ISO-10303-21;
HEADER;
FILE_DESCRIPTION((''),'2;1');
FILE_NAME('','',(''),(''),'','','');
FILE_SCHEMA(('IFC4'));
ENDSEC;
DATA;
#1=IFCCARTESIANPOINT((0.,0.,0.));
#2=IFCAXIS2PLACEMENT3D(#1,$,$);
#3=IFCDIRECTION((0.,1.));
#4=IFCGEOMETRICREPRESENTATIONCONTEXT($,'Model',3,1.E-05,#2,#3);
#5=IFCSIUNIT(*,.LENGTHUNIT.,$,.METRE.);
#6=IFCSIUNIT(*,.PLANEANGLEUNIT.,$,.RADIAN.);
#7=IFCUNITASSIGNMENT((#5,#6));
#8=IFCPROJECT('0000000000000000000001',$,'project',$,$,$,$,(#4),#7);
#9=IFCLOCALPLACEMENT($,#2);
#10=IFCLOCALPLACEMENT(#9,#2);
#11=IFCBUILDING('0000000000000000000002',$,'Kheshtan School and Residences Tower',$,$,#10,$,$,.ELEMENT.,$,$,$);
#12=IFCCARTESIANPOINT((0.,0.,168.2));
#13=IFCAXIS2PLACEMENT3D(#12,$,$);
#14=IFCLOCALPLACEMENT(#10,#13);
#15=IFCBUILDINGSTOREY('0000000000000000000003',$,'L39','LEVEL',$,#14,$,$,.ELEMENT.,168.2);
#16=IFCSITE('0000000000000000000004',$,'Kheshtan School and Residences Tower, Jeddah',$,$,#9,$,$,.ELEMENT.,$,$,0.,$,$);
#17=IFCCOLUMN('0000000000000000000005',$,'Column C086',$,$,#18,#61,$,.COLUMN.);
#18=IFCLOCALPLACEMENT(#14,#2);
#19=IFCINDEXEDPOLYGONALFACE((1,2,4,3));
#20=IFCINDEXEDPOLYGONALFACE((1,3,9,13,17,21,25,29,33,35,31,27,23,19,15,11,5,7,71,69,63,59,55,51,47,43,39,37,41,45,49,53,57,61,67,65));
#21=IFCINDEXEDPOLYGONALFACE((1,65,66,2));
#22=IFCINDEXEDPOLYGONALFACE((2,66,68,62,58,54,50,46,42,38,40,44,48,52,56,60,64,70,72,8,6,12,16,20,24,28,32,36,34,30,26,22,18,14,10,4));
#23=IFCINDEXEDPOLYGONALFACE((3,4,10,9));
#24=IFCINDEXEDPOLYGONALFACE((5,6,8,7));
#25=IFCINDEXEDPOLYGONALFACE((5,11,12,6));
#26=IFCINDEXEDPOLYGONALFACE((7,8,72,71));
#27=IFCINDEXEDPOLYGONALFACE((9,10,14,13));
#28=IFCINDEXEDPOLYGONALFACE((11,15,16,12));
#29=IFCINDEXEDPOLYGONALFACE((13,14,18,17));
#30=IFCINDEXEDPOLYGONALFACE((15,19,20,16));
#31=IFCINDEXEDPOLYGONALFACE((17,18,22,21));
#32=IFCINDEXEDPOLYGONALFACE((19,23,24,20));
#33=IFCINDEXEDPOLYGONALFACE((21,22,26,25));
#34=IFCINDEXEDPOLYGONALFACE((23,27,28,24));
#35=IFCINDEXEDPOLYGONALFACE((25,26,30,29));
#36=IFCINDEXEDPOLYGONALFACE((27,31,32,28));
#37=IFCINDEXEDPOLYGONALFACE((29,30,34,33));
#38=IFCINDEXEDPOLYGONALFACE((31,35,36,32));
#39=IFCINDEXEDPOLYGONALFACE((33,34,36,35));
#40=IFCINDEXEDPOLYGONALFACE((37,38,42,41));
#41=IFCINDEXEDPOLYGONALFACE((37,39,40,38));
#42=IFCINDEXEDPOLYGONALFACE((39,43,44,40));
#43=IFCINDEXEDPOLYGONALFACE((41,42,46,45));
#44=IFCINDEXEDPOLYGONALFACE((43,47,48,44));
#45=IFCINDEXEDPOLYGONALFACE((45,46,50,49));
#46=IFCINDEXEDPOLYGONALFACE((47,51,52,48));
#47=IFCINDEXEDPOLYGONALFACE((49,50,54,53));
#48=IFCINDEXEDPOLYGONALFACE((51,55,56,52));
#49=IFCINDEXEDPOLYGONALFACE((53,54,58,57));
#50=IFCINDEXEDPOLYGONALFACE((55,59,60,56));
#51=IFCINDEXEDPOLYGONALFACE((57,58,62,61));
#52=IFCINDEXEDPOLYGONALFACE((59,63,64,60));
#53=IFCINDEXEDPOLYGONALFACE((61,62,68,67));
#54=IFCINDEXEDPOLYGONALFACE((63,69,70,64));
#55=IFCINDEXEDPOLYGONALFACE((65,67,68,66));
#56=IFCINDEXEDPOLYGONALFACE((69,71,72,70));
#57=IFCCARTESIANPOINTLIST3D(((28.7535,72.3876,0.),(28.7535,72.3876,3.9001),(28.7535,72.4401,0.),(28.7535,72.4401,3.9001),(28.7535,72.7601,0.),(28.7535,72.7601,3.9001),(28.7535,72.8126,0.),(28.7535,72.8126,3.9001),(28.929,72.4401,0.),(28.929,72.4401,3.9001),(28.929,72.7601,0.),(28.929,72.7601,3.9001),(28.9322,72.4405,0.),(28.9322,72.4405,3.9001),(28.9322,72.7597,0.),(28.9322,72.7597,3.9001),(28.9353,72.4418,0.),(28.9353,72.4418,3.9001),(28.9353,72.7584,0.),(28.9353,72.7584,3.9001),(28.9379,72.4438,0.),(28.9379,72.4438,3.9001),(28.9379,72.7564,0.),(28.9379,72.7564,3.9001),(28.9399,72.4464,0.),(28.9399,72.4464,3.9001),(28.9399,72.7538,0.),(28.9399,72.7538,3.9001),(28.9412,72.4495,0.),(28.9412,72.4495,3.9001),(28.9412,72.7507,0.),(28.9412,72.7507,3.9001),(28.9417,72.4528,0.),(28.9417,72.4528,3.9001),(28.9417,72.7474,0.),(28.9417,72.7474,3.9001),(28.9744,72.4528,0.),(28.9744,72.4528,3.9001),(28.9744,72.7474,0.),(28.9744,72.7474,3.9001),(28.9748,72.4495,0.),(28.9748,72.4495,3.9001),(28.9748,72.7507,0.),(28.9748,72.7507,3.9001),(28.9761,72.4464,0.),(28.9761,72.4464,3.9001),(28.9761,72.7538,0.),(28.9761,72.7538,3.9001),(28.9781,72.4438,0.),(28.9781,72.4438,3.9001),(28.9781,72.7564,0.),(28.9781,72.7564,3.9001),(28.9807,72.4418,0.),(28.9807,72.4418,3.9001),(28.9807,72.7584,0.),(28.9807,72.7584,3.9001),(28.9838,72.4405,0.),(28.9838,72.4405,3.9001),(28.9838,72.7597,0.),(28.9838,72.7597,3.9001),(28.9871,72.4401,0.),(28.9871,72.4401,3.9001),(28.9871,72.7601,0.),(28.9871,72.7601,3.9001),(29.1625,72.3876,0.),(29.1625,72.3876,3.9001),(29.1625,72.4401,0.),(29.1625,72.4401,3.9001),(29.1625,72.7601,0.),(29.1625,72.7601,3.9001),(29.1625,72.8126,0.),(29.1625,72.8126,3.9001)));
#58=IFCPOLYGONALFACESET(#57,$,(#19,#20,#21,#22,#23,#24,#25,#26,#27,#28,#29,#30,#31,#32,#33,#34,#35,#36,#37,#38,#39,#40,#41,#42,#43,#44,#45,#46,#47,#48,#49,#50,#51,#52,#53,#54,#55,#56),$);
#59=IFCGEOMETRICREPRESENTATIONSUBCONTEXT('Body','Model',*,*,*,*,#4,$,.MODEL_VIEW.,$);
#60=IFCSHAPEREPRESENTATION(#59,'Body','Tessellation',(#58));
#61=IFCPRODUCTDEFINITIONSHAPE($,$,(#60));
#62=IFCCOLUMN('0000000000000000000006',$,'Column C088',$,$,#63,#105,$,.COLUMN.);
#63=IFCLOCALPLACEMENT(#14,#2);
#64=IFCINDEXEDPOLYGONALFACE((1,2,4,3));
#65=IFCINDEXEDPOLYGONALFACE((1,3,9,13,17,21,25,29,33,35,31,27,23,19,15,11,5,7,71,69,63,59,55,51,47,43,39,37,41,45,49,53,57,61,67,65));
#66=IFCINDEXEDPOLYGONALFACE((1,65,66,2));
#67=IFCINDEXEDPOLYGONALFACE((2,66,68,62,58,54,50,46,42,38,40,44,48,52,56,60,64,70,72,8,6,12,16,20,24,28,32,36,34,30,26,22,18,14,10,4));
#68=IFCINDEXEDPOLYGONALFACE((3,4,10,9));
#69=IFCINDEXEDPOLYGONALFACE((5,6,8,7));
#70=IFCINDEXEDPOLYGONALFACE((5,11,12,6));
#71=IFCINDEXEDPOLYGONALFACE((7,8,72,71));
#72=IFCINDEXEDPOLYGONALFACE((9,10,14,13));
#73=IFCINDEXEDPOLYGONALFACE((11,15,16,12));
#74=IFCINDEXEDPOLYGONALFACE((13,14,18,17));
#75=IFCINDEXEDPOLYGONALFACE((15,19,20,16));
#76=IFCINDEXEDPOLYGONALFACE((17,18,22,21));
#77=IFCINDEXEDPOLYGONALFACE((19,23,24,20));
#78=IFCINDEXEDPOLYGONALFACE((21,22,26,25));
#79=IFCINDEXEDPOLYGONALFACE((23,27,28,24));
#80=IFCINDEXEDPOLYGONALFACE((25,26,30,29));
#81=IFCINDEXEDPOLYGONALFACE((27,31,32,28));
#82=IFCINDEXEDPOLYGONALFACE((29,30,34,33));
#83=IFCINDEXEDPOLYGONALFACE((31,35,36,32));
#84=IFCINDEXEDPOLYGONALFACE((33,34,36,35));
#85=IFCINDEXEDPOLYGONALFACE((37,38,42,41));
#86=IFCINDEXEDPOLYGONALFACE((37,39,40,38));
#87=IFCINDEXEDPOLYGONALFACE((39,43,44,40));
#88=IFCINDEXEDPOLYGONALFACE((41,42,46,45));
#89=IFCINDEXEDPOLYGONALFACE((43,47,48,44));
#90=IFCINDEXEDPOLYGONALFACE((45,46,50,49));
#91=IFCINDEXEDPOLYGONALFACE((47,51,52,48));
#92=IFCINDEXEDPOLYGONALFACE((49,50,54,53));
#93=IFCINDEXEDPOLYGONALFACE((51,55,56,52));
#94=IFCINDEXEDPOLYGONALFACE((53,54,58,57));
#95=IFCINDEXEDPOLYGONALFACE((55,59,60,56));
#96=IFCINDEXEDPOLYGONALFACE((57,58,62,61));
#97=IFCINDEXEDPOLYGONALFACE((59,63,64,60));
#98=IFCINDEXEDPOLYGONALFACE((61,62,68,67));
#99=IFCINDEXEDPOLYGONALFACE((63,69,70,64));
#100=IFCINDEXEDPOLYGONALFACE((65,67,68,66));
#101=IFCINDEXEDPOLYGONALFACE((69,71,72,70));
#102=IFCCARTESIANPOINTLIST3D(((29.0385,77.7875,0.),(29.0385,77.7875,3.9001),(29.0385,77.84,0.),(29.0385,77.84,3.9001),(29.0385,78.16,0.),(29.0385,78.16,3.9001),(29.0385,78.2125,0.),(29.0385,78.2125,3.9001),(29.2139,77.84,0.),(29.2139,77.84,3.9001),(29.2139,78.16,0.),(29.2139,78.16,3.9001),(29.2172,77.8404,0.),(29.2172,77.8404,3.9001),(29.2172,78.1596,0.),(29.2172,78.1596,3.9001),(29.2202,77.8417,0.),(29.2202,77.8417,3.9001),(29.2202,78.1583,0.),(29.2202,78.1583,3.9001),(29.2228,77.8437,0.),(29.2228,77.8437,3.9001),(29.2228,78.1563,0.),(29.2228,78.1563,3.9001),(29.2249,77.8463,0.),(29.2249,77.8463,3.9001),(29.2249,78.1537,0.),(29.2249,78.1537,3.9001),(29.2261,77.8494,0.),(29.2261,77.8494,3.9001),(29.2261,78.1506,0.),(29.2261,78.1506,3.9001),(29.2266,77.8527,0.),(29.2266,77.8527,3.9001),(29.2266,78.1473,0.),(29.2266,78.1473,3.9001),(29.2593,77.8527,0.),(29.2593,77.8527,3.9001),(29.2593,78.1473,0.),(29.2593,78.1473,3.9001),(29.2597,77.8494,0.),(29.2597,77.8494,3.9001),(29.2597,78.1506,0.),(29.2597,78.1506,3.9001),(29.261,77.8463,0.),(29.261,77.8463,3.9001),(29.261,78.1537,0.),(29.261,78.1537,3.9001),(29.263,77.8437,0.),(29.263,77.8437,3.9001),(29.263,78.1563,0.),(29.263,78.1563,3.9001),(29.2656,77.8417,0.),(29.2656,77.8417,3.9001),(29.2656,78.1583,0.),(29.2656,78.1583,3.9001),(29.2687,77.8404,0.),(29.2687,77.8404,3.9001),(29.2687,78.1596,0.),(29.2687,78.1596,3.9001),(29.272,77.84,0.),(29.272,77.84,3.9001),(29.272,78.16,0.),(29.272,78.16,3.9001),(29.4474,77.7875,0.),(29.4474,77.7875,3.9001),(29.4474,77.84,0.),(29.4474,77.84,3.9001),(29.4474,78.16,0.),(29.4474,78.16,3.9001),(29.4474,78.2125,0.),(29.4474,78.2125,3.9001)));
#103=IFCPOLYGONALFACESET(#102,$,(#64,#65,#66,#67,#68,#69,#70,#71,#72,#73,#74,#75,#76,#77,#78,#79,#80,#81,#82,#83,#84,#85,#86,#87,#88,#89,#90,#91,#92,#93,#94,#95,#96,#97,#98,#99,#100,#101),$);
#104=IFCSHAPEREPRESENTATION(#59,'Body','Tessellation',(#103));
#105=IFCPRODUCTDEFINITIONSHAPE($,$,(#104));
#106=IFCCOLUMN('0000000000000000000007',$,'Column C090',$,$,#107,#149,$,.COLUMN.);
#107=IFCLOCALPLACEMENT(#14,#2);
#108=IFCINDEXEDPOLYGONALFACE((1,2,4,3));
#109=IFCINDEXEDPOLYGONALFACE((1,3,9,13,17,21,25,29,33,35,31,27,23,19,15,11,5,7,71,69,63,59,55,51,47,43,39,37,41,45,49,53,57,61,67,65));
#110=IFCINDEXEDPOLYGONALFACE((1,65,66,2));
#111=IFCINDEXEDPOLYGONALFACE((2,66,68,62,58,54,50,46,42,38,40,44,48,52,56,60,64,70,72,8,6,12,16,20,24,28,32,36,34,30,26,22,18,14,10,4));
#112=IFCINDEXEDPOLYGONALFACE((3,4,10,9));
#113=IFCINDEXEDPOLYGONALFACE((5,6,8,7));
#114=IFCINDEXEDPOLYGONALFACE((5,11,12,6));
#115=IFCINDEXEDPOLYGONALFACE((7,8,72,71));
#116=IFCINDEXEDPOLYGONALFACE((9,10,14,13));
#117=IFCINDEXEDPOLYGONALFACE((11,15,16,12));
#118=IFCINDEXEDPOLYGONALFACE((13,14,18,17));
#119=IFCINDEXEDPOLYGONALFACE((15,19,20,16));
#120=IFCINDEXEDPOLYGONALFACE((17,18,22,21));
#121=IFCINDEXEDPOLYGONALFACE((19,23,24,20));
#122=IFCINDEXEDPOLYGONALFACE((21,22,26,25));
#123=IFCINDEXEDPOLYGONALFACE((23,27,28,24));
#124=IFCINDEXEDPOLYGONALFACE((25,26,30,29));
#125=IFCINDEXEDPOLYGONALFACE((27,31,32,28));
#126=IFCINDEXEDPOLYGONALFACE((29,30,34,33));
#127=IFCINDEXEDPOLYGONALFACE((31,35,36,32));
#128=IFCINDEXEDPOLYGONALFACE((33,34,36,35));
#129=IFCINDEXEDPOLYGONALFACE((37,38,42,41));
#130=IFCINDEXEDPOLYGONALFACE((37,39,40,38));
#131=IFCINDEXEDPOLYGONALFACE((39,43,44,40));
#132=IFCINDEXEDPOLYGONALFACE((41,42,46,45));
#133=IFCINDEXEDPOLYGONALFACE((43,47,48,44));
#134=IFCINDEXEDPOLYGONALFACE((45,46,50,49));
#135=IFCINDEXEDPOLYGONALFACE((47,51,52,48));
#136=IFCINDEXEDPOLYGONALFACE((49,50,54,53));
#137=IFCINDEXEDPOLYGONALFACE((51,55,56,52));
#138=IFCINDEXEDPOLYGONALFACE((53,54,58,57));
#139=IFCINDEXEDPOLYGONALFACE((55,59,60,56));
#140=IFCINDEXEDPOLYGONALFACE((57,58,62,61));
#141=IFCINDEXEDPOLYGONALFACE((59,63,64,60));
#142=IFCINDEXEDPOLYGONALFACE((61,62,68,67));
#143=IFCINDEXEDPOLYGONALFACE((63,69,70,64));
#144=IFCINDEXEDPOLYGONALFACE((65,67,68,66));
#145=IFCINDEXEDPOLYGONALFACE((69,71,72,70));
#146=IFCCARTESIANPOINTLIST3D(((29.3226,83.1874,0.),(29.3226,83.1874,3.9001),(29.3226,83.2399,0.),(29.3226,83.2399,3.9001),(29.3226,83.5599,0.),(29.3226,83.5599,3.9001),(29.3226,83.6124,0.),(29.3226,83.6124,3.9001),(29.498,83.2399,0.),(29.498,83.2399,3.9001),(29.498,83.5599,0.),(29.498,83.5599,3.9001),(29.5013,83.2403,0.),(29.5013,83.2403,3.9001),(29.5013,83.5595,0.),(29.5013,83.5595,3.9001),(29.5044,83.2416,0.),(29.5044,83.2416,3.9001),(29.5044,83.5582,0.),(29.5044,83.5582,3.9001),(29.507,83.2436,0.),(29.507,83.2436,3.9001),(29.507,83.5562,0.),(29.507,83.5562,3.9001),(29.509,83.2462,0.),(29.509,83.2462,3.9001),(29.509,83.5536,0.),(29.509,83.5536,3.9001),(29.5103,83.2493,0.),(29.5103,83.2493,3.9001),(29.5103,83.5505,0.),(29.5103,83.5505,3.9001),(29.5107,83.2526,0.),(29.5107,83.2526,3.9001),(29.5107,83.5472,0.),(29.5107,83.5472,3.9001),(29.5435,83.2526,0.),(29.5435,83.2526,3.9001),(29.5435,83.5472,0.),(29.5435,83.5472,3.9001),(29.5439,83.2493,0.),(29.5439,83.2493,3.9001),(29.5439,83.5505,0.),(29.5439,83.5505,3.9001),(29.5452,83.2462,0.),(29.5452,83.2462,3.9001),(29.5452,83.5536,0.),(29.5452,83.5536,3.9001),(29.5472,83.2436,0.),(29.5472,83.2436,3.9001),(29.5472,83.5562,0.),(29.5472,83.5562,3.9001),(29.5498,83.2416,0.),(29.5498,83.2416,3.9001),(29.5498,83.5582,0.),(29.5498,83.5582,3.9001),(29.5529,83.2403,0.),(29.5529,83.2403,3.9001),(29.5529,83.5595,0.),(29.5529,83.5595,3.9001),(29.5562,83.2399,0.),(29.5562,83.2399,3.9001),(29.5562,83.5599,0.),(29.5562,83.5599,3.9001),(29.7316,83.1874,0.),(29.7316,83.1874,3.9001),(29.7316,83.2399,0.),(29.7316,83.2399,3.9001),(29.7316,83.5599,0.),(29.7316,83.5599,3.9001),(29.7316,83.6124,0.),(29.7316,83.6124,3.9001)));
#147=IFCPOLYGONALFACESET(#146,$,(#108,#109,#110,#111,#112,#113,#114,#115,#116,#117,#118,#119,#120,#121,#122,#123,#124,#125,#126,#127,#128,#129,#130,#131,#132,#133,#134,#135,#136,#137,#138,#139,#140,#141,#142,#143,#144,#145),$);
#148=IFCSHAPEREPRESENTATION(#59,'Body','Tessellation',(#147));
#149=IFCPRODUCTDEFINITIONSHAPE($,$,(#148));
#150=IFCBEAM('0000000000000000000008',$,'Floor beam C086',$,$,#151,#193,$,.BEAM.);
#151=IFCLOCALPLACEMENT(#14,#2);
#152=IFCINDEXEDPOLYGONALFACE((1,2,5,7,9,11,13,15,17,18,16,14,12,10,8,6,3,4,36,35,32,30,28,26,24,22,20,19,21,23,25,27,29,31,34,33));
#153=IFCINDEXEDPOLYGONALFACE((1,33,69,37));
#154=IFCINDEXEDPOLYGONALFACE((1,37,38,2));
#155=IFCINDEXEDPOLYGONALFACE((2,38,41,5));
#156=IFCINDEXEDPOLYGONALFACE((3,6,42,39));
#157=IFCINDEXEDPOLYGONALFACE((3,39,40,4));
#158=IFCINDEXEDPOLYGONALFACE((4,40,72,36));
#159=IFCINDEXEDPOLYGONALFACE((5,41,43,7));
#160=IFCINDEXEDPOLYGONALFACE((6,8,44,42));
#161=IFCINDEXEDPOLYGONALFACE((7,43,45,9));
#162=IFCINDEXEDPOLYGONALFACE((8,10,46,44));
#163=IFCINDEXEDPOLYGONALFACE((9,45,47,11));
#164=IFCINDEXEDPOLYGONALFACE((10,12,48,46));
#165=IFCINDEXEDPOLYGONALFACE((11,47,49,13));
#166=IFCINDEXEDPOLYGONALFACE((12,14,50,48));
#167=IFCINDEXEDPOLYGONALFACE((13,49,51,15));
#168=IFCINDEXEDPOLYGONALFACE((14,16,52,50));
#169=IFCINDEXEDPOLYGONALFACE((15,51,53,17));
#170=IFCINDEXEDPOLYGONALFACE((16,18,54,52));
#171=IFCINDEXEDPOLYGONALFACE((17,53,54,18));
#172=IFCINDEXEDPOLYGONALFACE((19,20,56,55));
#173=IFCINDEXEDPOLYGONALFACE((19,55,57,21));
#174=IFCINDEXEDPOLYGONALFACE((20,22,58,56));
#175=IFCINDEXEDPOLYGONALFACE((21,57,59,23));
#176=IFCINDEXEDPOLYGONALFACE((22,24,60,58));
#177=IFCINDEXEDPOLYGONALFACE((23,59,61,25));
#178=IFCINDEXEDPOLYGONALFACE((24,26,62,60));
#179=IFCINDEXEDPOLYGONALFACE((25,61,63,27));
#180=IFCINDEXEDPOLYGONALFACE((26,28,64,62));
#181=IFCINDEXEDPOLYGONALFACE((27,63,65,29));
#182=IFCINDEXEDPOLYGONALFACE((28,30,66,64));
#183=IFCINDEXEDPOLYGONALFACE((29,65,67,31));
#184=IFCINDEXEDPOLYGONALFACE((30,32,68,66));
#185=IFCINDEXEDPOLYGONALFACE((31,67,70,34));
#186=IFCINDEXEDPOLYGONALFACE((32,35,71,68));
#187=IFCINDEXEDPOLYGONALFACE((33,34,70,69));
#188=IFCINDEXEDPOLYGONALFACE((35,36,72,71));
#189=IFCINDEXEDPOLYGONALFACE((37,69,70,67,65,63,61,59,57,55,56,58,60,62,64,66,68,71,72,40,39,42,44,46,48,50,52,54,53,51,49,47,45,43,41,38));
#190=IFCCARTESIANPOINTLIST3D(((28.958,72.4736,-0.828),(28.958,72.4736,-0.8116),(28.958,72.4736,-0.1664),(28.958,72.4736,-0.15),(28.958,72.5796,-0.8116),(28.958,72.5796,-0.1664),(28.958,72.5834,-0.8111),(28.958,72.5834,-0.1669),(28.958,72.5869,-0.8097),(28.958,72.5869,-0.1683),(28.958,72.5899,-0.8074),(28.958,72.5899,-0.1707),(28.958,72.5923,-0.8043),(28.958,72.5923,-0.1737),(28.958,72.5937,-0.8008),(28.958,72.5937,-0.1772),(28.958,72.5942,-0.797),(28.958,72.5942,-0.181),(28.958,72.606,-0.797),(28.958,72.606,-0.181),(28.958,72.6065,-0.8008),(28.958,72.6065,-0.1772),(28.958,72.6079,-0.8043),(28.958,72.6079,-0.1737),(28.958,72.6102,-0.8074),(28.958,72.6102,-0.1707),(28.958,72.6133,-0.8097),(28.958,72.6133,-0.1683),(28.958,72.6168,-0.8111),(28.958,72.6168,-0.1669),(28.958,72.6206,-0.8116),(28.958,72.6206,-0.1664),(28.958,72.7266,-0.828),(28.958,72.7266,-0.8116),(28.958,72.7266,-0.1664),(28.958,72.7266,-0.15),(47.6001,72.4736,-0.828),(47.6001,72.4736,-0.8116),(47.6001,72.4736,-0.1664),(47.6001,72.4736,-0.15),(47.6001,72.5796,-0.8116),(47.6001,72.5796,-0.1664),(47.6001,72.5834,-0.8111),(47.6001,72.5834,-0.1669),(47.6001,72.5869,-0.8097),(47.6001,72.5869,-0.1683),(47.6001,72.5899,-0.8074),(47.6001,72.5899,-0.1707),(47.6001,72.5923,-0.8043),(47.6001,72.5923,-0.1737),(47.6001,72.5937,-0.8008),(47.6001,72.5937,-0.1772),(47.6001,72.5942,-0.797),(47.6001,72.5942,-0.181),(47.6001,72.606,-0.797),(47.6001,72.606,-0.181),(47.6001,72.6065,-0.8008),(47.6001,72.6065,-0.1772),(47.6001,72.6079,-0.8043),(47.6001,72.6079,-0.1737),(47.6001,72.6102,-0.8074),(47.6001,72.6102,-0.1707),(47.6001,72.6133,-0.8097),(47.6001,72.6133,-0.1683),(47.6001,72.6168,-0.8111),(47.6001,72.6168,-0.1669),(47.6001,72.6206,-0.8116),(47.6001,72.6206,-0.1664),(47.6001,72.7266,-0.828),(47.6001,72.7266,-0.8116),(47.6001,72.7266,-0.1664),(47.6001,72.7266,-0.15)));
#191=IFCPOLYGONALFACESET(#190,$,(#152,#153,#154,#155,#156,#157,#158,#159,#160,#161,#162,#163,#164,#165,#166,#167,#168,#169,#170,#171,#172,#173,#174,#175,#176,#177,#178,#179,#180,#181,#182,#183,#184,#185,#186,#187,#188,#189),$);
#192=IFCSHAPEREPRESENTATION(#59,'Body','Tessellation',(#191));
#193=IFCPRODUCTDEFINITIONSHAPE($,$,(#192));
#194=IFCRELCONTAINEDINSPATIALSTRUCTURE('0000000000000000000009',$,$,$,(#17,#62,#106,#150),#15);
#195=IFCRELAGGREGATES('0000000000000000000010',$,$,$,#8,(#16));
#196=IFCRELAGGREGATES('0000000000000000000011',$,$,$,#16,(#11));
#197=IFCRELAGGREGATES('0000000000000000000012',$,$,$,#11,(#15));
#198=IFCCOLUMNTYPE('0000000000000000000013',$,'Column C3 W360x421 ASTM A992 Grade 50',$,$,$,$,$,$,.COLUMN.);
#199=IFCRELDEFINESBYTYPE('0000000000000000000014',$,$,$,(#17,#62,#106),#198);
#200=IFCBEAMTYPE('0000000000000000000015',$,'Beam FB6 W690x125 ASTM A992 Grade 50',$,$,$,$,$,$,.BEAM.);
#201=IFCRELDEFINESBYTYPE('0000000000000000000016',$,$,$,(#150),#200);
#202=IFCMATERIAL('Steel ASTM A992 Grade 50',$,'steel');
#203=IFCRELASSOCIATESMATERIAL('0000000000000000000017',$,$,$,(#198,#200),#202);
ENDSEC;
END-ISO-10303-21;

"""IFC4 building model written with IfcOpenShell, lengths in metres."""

from ifc_helpers import new_model, si_unit, direction, frame, origin, origin_2d, place, context, subcontext, project, spatial, i_section, extrude, material, material_profile, profile_set, type_object, element, save


model = new_model("IFC4")

# Units and contexts
model_context = context("Model", 3, precision=1e-05, world=origin(), true_north=direction((0.0, 1.0)))
body_context = subcontext(model_context, "Body", "Model", "MODEL_VIEW")
ifc_project = project(units=[si_unit("LENGTHUNIT", "METRE"), si_unit("PLANEANGLEUNIT", "RADIAN")], contexts=[model_context])

# Site, building, storey
site_placement = place(None, origin())
site = spatial("IfcSite", under=ifc_project, at=site_placement, Name="Kheshtan School and Residences Tower, Jeddah", CompositionType="ELEMENT", RefElevation=0.0)
building_placement = place(site_placement, origin())
building = spatial("IfcBuilding", under=site, at=building_placement, Name="Kheshtan School and Residences Tower", CompositionType="ELEMENT")
storey_placement = place(building_placement, frame((0.0, 0.0, 168.2)))
storey = spatial("IfcBuildingStorey", under=building, at=storey_placement, Name="L39", Description="LEVEL", CompositionType="ELEMENT", Elevation=168.2)

# Columns
ifc_material_1 = material(Name="Steel ASTM A992 Grade 50", Category="steel")
ifc_material_profile_1 = material_profile(ifc_material_1, i_section(OverallWidth=0.4089, OverallDepth=0.425, WebThickness=0.0327, FlangeThickness=0.0525, FilletRadius=0.0127, at=origin_2d()), Name="W360x421")
ifc_profile_set_1 = profile_set([ifc_material_profile_1], Name="Steel ASTM A992 Grade 50")
column_type = type_object("IfcColumnType", Name="Column C3 W360x421 ASTM A992 Grade 50", PredefinedType="COLUMN", material=ifc_profile_set_1)
for number, where, z_axis, x_axis, name in (
    (1, (28.958, 72.6001, 0.0), (0.0, 0.0, 1.0), (1.0, 0.0, 0.0), "Column C086"),
    (2, (29.2429, 78.0, 0.0), (0.0, 0.0, 1.0), (1.0, 0.0, 0.0), "Column C088"),
    (3, (29.5271, 83.3999, 0.0), (0.0, 0.0, 1.0), (1.0, 0.0, 0.0), "Column C090"),
):
    element("IfcColumn", number, at=place(storey_placement, frame(where, z_axis=z_axis, x_axis=x_axis)), inside=storey, type_object=column_type, Name=name, PredefinedType="COLUMN", context=body_context, shape_type="SweptSolid", body=[
        extrude(i_section(OverallWidth=0.4089, OverallDepth=0.425, WebThickness=0.0327, FlangeThickness=0.0525, FilletRadius=0.0127, at=origin_2d()), origin(), (0.0, 0.0, 1.0), 3.9001),
    ])

# Beam
ifc_material_profile_2 = material_profile(ifc_material_1, i_section(OverallWidth=0.2529, OverallDepth=0.678, WebThickness=0.0117, FlangeThickness=0.0164, FilletRadius=0.0146, at=origin_2d()), Name="W690x125")
ifc_profile_set_2 = profile_set([ifc_material_profile_2], Name="Steel ASTM A992 Grade 50")
beam_type_1 = type_object("IfcBeamType", Name="Beam FB6 W690x125 ASTM A992 Grade 50", PredefinedType="BEAM", material=ifc_profile_set_2)
beam_1_placement = place(storey_placement, frame((28.958, 72.6001, -0.489), z_axis=(1.0, 0.0, 0.0), x_axis=(0.0, 1.0, 0.0)))
element("IfcBeam", 4, at=beam_1_placement, inside=storey, type_object=beam_type_1, Name="Floor beam C086", PredefinedType="BEAM", context=body_context, shape_type="SweptSolid", body=[
    extrude(i_section(OverallWidth=0.2529, OverallDepth=0.678, WebThickness=0.0117, FlangeThickness=0.0164, FilletRadius=0.0146, at=origin_2d()), origin(), (0.0, 0.0, 1.0), 18.6421),
])

save(model, "model.ifc")
